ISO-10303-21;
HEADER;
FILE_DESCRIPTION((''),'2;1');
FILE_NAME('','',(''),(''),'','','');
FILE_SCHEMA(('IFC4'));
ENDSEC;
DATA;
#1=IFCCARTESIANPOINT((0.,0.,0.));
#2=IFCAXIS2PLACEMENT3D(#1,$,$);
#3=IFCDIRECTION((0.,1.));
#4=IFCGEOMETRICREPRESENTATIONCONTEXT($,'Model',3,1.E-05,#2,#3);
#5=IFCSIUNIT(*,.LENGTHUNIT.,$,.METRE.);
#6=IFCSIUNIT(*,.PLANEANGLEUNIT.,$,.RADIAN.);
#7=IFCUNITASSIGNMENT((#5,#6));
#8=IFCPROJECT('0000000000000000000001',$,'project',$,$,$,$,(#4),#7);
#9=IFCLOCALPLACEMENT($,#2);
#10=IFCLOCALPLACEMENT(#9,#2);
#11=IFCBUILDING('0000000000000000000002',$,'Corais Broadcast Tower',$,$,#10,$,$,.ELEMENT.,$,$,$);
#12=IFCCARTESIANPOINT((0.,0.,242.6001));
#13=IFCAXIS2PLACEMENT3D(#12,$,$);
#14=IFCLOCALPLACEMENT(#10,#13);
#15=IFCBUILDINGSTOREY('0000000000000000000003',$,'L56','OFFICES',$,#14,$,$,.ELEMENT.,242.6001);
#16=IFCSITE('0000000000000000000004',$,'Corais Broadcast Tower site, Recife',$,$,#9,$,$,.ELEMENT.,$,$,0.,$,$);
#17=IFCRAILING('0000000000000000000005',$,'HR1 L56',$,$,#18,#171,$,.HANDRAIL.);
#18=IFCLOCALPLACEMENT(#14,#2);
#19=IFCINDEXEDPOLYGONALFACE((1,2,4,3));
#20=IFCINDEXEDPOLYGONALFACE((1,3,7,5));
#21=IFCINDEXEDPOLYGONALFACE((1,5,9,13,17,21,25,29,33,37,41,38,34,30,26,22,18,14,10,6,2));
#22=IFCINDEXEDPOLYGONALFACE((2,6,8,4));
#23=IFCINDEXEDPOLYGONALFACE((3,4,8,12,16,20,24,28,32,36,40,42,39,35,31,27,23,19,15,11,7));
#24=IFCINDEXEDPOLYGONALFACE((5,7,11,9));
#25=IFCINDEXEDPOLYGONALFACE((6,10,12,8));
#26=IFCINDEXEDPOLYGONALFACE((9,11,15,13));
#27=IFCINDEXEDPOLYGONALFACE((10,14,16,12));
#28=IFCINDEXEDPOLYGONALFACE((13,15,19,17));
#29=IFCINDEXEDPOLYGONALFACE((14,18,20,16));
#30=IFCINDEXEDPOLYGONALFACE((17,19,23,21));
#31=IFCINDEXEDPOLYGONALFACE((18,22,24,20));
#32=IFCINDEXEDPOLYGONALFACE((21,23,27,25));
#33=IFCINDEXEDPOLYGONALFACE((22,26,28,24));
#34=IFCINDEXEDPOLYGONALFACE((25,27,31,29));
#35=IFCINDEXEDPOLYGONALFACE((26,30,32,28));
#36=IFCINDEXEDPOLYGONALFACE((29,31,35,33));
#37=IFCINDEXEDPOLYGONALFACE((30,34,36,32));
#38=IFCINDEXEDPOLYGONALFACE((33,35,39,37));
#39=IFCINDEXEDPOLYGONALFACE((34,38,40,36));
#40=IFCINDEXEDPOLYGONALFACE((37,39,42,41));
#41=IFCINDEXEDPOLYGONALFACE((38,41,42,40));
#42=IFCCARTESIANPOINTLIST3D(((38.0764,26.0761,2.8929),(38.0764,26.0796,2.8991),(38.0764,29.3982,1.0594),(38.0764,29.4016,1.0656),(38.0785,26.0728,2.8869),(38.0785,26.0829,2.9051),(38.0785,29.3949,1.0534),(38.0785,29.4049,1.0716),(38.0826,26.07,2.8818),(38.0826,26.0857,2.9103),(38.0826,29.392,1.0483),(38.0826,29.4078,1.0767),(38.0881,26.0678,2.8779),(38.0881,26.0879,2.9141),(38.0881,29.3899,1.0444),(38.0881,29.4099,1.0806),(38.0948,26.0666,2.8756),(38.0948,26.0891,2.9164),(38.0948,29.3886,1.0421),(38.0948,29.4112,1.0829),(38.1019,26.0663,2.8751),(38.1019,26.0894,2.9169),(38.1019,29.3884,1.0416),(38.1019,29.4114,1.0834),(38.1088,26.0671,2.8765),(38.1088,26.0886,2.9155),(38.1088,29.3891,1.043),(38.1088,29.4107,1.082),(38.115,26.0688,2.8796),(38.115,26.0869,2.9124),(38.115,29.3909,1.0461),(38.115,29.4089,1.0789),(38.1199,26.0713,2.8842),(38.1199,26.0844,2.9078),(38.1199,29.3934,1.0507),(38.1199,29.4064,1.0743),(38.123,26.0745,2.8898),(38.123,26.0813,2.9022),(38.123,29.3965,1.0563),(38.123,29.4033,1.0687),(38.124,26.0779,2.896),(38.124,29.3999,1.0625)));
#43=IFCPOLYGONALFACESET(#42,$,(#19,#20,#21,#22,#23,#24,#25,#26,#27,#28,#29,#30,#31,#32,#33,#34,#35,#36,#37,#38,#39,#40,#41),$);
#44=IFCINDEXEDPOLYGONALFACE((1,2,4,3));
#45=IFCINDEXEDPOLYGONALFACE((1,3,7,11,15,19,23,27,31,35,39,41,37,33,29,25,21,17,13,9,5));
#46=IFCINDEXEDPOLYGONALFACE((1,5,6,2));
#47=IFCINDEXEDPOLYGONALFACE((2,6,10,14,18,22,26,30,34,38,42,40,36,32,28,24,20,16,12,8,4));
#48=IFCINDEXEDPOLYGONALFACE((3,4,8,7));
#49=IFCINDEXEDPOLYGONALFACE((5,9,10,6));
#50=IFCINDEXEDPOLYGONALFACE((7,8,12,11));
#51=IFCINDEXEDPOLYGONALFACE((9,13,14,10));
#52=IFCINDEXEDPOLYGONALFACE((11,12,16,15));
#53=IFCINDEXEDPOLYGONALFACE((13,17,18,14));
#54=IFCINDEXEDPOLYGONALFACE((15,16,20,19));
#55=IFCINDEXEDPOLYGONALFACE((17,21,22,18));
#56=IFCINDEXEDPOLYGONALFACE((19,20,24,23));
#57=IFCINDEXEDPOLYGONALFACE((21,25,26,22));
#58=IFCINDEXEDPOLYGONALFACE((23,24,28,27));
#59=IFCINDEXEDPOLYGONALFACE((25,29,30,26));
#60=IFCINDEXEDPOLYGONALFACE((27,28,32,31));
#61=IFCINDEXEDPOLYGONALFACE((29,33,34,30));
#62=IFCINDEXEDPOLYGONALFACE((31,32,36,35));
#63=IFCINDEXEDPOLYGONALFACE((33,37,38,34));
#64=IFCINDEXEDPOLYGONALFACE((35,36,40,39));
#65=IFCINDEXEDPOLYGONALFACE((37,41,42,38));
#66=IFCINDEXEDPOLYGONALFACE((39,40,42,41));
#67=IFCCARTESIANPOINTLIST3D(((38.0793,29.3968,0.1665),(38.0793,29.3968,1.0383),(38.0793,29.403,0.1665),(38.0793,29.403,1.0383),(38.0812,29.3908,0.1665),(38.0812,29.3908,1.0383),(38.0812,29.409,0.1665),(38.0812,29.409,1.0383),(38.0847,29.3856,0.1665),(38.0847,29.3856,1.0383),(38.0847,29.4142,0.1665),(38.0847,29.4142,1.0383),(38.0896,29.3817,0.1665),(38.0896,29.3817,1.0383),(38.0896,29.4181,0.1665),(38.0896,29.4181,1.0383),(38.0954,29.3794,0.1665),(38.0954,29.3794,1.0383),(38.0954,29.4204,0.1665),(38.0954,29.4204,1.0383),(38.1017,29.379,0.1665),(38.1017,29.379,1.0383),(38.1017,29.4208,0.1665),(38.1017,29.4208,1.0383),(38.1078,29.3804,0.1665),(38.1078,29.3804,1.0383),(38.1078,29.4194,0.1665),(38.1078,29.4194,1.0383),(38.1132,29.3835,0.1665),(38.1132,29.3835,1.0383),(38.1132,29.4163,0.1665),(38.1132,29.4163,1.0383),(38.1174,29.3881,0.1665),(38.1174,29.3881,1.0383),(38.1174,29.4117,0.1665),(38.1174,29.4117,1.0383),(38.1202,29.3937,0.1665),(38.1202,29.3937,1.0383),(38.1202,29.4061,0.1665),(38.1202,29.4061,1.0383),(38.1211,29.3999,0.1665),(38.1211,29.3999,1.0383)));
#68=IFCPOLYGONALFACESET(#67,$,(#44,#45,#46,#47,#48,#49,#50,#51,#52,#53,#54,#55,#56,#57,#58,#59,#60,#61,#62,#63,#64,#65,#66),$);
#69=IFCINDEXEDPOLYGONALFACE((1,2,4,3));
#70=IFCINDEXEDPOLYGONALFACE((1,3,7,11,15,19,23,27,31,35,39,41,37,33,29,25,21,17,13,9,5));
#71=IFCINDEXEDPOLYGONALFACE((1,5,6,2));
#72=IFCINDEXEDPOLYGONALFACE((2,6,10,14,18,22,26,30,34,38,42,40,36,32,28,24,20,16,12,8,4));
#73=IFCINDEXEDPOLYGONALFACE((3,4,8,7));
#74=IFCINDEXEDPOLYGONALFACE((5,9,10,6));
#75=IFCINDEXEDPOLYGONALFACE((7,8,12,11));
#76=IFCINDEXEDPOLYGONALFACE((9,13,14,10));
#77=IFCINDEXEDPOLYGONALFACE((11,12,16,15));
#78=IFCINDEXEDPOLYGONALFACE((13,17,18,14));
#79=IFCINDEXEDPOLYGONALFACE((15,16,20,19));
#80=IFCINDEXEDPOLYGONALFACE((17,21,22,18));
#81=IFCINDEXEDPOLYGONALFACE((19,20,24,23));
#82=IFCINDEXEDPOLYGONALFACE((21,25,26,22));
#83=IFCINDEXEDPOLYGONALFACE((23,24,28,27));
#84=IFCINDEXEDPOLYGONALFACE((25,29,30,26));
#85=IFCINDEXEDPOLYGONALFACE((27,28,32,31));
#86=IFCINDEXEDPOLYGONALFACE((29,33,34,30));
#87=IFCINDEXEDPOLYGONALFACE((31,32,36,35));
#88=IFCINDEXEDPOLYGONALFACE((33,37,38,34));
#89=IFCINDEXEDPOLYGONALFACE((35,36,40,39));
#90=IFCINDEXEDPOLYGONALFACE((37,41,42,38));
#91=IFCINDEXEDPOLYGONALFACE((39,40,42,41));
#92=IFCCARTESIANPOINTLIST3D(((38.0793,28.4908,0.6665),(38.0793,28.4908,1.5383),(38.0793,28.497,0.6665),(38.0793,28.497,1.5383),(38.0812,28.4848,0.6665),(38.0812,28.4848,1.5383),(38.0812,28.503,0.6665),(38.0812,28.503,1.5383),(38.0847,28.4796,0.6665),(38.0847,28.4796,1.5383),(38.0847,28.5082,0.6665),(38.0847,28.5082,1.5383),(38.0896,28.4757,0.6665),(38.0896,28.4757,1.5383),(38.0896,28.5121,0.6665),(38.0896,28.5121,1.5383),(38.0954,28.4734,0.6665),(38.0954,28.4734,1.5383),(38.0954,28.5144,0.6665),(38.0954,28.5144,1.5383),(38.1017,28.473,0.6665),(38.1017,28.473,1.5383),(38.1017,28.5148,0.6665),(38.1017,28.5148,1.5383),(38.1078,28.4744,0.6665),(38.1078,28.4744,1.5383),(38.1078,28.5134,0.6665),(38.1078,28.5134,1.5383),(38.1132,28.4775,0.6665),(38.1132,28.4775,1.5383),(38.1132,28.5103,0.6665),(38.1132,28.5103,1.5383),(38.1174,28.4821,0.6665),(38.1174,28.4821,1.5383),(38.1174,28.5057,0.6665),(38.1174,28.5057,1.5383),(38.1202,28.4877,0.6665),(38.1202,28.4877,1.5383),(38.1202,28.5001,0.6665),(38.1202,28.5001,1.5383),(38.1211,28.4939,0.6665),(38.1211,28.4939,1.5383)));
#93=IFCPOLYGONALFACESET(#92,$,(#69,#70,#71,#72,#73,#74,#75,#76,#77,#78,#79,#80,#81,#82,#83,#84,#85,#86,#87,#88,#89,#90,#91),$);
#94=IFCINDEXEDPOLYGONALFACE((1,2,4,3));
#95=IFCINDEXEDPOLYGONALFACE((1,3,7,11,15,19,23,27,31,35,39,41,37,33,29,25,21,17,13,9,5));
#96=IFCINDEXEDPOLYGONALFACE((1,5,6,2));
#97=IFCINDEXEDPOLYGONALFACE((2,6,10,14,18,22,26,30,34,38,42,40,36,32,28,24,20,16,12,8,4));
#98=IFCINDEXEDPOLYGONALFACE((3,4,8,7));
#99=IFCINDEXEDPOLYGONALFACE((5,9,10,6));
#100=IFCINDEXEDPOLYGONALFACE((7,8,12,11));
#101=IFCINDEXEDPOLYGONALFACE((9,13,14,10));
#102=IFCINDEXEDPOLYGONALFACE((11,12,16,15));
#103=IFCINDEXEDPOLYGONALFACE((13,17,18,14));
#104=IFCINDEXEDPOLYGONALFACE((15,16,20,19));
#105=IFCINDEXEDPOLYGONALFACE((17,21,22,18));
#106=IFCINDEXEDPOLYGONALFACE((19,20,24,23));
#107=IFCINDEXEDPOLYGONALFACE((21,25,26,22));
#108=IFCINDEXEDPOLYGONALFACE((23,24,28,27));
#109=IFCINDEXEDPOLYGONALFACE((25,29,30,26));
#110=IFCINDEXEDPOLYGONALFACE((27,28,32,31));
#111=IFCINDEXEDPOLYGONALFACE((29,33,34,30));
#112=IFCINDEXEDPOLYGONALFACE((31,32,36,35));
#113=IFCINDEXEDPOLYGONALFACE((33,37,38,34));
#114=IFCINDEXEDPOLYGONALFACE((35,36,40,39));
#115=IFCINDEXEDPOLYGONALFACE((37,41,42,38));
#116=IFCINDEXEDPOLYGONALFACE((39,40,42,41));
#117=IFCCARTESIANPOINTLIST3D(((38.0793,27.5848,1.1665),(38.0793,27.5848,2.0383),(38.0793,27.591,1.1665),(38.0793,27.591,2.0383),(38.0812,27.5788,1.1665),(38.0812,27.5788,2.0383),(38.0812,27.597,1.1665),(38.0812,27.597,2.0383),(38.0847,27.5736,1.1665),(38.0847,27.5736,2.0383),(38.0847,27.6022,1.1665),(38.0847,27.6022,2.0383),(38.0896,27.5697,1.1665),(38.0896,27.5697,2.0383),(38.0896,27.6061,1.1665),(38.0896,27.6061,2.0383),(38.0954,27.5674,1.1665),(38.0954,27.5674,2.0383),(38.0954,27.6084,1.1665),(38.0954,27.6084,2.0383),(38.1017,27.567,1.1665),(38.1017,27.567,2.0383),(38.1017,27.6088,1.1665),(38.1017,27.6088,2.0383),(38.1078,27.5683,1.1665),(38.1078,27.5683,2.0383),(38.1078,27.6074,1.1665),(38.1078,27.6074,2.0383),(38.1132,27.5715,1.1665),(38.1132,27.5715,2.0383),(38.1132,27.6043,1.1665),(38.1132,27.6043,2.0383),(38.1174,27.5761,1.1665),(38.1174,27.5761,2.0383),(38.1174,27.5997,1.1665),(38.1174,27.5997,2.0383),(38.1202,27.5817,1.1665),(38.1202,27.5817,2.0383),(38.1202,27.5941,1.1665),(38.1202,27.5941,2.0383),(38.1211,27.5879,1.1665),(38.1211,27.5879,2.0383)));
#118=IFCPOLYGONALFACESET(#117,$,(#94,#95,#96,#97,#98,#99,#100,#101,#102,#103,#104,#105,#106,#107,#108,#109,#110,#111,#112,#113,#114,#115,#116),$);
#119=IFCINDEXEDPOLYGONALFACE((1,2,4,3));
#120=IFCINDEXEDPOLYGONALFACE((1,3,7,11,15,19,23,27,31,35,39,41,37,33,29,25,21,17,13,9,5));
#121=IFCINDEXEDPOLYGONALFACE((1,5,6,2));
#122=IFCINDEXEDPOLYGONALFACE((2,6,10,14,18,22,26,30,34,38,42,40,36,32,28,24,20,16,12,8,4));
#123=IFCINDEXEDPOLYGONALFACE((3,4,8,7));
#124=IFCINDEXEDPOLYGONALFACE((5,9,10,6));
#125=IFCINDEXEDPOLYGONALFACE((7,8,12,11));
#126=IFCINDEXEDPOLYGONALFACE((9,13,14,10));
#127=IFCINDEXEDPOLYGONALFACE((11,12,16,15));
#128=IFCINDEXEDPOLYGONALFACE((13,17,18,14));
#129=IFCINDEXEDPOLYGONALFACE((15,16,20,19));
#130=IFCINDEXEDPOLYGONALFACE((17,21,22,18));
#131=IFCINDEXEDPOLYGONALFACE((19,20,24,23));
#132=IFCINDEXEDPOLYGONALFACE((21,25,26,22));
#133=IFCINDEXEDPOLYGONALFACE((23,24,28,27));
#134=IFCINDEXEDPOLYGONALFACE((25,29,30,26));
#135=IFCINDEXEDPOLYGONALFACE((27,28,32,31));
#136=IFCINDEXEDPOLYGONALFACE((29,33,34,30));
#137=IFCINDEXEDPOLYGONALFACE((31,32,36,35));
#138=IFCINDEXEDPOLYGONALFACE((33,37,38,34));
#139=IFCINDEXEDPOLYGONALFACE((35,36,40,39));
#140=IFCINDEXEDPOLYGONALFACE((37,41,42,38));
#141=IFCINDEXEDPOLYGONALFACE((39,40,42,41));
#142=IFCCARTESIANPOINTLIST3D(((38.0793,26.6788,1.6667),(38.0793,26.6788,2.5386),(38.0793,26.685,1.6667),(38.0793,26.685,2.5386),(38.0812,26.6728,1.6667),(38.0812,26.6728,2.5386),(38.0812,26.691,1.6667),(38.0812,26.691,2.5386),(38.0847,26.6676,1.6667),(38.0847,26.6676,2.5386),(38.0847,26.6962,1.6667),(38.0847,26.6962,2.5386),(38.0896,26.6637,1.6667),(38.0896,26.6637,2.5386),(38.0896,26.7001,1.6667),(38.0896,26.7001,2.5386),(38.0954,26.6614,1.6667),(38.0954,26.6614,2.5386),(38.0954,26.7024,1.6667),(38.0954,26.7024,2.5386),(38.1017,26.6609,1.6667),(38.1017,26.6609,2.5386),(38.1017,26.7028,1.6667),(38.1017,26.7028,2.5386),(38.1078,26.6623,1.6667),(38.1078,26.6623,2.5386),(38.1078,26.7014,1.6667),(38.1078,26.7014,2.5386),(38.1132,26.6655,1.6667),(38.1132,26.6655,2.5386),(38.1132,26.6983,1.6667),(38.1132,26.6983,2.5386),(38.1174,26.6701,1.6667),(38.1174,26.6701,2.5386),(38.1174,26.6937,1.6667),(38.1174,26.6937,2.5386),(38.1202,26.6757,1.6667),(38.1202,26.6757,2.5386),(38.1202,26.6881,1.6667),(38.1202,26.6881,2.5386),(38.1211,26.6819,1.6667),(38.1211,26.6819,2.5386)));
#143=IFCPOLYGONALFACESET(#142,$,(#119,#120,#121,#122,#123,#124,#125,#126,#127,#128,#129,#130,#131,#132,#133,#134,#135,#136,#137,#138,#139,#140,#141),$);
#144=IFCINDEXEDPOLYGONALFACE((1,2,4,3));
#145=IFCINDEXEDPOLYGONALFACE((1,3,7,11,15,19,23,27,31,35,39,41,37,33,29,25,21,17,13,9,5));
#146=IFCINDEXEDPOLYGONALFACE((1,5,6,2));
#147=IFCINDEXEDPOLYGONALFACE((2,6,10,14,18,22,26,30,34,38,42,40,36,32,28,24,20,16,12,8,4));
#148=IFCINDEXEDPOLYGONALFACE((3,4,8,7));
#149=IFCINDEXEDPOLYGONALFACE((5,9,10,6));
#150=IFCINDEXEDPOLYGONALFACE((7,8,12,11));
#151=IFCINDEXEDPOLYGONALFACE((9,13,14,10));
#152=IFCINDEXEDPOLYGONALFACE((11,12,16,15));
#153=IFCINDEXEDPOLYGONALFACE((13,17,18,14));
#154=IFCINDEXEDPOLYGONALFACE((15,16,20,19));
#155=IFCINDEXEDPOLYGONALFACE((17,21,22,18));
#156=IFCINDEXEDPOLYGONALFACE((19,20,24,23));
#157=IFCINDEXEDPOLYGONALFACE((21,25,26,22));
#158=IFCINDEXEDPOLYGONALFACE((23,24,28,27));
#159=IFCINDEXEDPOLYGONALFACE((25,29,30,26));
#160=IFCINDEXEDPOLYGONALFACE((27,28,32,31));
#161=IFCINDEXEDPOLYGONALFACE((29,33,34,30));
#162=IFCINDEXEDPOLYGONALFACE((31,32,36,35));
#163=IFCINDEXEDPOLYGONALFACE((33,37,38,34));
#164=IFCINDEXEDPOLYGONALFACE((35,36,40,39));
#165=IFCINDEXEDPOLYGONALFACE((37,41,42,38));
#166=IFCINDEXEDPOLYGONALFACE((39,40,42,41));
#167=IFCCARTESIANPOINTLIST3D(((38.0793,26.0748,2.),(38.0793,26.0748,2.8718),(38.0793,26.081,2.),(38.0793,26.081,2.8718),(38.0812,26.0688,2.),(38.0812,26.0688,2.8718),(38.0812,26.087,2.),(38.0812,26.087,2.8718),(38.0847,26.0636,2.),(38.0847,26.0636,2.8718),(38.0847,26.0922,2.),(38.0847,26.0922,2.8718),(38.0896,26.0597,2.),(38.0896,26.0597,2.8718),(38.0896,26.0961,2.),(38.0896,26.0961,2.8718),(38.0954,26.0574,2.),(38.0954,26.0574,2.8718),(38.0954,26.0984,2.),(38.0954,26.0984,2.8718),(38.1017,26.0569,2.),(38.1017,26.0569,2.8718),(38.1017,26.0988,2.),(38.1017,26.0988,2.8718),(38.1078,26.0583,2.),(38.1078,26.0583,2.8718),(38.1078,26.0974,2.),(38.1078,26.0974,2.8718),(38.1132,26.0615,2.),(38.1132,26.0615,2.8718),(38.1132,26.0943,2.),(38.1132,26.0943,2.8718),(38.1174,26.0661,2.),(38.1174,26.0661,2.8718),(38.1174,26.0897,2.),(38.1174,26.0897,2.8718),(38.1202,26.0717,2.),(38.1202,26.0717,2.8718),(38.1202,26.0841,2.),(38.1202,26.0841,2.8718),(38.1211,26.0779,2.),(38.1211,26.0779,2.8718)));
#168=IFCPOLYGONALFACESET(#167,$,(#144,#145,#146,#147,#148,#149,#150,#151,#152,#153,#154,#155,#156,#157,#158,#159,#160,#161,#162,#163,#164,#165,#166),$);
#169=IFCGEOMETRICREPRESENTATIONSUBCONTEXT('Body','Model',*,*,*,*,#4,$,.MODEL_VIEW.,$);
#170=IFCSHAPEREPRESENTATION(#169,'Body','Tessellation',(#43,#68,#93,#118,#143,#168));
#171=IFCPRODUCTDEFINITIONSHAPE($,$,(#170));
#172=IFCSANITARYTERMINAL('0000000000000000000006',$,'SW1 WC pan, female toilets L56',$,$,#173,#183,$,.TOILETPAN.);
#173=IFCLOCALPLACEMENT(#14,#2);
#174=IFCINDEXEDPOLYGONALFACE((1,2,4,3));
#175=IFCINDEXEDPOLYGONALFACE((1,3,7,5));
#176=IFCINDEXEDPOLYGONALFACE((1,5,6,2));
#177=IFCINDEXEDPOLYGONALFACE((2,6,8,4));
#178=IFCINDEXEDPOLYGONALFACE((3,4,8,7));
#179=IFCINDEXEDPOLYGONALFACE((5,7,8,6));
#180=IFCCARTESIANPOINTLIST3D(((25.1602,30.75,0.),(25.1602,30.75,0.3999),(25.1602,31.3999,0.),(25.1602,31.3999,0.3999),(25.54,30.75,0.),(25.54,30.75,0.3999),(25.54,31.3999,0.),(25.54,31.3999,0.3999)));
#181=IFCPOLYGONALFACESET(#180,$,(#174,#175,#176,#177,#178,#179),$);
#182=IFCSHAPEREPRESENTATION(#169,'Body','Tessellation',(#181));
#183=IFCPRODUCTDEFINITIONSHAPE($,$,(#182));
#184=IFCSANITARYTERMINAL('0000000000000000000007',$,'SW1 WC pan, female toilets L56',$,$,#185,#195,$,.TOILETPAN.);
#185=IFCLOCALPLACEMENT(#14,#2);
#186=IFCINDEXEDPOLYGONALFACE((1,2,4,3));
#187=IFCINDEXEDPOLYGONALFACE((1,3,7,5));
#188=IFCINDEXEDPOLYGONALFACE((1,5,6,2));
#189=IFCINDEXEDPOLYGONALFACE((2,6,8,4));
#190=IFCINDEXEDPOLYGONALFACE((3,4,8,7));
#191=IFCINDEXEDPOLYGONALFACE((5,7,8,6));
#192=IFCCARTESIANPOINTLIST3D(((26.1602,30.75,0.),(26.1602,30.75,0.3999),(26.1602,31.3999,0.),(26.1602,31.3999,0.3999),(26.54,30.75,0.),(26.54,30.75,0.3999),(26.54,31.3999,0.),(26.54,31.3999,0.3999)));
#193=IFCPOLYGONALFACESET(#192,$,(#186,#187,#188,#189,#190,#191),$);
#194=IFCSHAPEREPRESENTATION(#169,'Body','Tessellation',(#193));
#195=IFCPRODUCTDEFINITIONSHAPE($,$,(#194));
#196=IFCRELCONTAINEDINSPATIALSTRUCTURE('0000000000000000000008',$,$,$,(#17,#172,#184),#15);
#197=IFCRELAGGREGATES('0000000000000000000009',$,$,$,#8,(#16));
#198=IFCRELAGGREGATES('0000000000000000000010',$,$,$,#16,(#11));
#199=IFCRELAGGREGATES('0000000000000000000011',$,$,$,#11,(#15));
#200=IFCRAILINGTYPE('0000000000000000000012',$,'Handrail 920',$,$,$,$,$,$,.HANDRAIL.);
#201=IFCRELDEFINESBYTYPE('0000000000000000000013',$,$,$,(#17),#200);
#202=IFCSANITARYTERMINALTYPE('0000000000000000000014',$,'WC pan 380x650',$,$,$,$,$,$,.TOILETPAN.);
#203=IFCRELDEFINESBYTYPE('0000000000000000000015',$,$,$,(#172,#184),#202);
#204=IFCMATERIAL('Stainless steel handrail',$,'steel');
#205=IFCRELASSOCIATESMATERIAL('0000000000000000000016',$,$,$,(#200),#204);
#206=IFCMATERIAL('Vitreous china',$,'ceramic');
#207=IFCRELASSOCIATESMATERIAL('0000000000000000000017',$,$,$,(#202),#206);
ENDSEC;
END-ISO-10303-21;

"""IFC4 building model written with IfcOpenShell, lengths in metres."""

from ifc_helpers import new_model, si_unit, direction, frame, origin, origin_2d, place, context, subcontext, project, spatial, rectangle, circle, extrude, material, type_object, element, save


model = new_model("IFC4")

# Units and contexts
model_context = context("Model", 3, precision=1e-05, world=origin(), true_north=direction((0.0, 1.0)))
body_context = subcontext(model_context, "Body", "Model", "MODEL_VIEW")
ifc_project = project(units=[si_unit("LENGTHUNIT", "METRE"), si_unit("PLANEANGLEUNIT", "RADIAN")], contexts=[model_context])

# Site, building, storey
site_placement = place(None, origin())
site = spatial("IfcSite", under=ifc_project, at=site_placement, Name="Corais Broadcast Tower site, Recife", CompositionType="ELEMENT", RefElevation=0.0)
building_placement = place(site_placement, origin())
building = spatial("IfcBuilding", under=site, at=building_placement, Name="Corais Broadcast Tower", CompositionType="ELEMENT")
storey_placement = place(building_placement, frame((0.0, 0.0, 242.6001)))
storey = spatial("IfcBuildingStorey", under=building, at=storey_placement, Name="L56", Description="OFFICES", CompositionType="ELEMENT", Elevation=242.6001)

# Railing
ifc_material_1 = material(Name="Stainless steel handrail", Category="steel")
railing_type = type_object("IfcRailingType", Name="Handrail 920", PredefinedType="HANDRAIL", material=ifc_material_1)
for number, where, name in (
    (1, (38.1001, 29.3999, 0.1665), "HR1 L56"),
):
    element("IfcRailing", number, at=place(storey_placement, frame(where)), inside=storey, type_object=railing_type, Name=name, PredefinedType="HANDRAIL", context=body_context, shape_type="SweptSolid", body=[
        extrude(circle(Radius=0.0239, at=origin_2d()), frame((0.0, 0.0, 0.896), z_axis=(0.0, -0.875504, 0.48321), x_axis=(1.0, 0.0, 0.0)), (0.0, 0.0, 1.0), 3.7944),
        extrude(circle(Radius=0.021, at=origin_2d()), origin(), (0.0, 0.0, 1.0), 0.8718),
        extrude(circle(Radius=0.021, at=origin_2d()), frame((0.0, -0.906, 0.5)), (0.0, 0.0, 1.0), 0.8718),
        extrude(circle(Radius=0.021, at=origin_2d()), frame((0.0, -1.812, 1.0)), (0.0, 0.0, 1.0), 0.8718),
        extrude(circle(Radius=0.021, at=origin_2d()), frame((0.0, -2.718, 1.5002)), (0.0, 0.0, 1.0), 0.8718),
        extrude(circle(Radius=0.021, at=origin_2d()), frame((0.0, -3.322, 1.8335)), (0.0, 0.0, 1.0), 0.8718),
    ])

# Sanitary terminals
ifc_material_2 = material(Name="Vitreous china", Category="ceramic")
sanitary_terminal_type = type_object("IfcSanitaryTerminalType", Name="WC pan 380x650", PredefinedType="TOILETPAN", material=ifc_material_2)
for number, where, z_axis, x_axis, name in (
    (2, (25.3501, 31.075, 0.0), (0.0, 0.0, 1.0), (1.0, 0.0, 0.0), "SW1 WC pan, female toilets L56"),
    (3, (26.3501, 31.075, 0.0), (0.0, 0.0, 1.0), (1.0, 0.0, 0.0), "SW1 WC pan, female toilets L56"),
):
    element("IfcSanitaryTerminal", number, at=place(storey_placement, frame(where, z_axis=z_axis, x_axis=x_axis)), inside=storey, type_object=sanitary_terminal_type, Name=name, PredefinedType="TOILETPAN", context=body_context, shape_type="SweptSolid", body=[
        extrude(rectangle(XDim=0.3799, YDim=0.6499, at=origin_2d()), origin(), (0.0, 0.0, 1.0), 0.3999),
    ])

save(model, "model.ifc")
